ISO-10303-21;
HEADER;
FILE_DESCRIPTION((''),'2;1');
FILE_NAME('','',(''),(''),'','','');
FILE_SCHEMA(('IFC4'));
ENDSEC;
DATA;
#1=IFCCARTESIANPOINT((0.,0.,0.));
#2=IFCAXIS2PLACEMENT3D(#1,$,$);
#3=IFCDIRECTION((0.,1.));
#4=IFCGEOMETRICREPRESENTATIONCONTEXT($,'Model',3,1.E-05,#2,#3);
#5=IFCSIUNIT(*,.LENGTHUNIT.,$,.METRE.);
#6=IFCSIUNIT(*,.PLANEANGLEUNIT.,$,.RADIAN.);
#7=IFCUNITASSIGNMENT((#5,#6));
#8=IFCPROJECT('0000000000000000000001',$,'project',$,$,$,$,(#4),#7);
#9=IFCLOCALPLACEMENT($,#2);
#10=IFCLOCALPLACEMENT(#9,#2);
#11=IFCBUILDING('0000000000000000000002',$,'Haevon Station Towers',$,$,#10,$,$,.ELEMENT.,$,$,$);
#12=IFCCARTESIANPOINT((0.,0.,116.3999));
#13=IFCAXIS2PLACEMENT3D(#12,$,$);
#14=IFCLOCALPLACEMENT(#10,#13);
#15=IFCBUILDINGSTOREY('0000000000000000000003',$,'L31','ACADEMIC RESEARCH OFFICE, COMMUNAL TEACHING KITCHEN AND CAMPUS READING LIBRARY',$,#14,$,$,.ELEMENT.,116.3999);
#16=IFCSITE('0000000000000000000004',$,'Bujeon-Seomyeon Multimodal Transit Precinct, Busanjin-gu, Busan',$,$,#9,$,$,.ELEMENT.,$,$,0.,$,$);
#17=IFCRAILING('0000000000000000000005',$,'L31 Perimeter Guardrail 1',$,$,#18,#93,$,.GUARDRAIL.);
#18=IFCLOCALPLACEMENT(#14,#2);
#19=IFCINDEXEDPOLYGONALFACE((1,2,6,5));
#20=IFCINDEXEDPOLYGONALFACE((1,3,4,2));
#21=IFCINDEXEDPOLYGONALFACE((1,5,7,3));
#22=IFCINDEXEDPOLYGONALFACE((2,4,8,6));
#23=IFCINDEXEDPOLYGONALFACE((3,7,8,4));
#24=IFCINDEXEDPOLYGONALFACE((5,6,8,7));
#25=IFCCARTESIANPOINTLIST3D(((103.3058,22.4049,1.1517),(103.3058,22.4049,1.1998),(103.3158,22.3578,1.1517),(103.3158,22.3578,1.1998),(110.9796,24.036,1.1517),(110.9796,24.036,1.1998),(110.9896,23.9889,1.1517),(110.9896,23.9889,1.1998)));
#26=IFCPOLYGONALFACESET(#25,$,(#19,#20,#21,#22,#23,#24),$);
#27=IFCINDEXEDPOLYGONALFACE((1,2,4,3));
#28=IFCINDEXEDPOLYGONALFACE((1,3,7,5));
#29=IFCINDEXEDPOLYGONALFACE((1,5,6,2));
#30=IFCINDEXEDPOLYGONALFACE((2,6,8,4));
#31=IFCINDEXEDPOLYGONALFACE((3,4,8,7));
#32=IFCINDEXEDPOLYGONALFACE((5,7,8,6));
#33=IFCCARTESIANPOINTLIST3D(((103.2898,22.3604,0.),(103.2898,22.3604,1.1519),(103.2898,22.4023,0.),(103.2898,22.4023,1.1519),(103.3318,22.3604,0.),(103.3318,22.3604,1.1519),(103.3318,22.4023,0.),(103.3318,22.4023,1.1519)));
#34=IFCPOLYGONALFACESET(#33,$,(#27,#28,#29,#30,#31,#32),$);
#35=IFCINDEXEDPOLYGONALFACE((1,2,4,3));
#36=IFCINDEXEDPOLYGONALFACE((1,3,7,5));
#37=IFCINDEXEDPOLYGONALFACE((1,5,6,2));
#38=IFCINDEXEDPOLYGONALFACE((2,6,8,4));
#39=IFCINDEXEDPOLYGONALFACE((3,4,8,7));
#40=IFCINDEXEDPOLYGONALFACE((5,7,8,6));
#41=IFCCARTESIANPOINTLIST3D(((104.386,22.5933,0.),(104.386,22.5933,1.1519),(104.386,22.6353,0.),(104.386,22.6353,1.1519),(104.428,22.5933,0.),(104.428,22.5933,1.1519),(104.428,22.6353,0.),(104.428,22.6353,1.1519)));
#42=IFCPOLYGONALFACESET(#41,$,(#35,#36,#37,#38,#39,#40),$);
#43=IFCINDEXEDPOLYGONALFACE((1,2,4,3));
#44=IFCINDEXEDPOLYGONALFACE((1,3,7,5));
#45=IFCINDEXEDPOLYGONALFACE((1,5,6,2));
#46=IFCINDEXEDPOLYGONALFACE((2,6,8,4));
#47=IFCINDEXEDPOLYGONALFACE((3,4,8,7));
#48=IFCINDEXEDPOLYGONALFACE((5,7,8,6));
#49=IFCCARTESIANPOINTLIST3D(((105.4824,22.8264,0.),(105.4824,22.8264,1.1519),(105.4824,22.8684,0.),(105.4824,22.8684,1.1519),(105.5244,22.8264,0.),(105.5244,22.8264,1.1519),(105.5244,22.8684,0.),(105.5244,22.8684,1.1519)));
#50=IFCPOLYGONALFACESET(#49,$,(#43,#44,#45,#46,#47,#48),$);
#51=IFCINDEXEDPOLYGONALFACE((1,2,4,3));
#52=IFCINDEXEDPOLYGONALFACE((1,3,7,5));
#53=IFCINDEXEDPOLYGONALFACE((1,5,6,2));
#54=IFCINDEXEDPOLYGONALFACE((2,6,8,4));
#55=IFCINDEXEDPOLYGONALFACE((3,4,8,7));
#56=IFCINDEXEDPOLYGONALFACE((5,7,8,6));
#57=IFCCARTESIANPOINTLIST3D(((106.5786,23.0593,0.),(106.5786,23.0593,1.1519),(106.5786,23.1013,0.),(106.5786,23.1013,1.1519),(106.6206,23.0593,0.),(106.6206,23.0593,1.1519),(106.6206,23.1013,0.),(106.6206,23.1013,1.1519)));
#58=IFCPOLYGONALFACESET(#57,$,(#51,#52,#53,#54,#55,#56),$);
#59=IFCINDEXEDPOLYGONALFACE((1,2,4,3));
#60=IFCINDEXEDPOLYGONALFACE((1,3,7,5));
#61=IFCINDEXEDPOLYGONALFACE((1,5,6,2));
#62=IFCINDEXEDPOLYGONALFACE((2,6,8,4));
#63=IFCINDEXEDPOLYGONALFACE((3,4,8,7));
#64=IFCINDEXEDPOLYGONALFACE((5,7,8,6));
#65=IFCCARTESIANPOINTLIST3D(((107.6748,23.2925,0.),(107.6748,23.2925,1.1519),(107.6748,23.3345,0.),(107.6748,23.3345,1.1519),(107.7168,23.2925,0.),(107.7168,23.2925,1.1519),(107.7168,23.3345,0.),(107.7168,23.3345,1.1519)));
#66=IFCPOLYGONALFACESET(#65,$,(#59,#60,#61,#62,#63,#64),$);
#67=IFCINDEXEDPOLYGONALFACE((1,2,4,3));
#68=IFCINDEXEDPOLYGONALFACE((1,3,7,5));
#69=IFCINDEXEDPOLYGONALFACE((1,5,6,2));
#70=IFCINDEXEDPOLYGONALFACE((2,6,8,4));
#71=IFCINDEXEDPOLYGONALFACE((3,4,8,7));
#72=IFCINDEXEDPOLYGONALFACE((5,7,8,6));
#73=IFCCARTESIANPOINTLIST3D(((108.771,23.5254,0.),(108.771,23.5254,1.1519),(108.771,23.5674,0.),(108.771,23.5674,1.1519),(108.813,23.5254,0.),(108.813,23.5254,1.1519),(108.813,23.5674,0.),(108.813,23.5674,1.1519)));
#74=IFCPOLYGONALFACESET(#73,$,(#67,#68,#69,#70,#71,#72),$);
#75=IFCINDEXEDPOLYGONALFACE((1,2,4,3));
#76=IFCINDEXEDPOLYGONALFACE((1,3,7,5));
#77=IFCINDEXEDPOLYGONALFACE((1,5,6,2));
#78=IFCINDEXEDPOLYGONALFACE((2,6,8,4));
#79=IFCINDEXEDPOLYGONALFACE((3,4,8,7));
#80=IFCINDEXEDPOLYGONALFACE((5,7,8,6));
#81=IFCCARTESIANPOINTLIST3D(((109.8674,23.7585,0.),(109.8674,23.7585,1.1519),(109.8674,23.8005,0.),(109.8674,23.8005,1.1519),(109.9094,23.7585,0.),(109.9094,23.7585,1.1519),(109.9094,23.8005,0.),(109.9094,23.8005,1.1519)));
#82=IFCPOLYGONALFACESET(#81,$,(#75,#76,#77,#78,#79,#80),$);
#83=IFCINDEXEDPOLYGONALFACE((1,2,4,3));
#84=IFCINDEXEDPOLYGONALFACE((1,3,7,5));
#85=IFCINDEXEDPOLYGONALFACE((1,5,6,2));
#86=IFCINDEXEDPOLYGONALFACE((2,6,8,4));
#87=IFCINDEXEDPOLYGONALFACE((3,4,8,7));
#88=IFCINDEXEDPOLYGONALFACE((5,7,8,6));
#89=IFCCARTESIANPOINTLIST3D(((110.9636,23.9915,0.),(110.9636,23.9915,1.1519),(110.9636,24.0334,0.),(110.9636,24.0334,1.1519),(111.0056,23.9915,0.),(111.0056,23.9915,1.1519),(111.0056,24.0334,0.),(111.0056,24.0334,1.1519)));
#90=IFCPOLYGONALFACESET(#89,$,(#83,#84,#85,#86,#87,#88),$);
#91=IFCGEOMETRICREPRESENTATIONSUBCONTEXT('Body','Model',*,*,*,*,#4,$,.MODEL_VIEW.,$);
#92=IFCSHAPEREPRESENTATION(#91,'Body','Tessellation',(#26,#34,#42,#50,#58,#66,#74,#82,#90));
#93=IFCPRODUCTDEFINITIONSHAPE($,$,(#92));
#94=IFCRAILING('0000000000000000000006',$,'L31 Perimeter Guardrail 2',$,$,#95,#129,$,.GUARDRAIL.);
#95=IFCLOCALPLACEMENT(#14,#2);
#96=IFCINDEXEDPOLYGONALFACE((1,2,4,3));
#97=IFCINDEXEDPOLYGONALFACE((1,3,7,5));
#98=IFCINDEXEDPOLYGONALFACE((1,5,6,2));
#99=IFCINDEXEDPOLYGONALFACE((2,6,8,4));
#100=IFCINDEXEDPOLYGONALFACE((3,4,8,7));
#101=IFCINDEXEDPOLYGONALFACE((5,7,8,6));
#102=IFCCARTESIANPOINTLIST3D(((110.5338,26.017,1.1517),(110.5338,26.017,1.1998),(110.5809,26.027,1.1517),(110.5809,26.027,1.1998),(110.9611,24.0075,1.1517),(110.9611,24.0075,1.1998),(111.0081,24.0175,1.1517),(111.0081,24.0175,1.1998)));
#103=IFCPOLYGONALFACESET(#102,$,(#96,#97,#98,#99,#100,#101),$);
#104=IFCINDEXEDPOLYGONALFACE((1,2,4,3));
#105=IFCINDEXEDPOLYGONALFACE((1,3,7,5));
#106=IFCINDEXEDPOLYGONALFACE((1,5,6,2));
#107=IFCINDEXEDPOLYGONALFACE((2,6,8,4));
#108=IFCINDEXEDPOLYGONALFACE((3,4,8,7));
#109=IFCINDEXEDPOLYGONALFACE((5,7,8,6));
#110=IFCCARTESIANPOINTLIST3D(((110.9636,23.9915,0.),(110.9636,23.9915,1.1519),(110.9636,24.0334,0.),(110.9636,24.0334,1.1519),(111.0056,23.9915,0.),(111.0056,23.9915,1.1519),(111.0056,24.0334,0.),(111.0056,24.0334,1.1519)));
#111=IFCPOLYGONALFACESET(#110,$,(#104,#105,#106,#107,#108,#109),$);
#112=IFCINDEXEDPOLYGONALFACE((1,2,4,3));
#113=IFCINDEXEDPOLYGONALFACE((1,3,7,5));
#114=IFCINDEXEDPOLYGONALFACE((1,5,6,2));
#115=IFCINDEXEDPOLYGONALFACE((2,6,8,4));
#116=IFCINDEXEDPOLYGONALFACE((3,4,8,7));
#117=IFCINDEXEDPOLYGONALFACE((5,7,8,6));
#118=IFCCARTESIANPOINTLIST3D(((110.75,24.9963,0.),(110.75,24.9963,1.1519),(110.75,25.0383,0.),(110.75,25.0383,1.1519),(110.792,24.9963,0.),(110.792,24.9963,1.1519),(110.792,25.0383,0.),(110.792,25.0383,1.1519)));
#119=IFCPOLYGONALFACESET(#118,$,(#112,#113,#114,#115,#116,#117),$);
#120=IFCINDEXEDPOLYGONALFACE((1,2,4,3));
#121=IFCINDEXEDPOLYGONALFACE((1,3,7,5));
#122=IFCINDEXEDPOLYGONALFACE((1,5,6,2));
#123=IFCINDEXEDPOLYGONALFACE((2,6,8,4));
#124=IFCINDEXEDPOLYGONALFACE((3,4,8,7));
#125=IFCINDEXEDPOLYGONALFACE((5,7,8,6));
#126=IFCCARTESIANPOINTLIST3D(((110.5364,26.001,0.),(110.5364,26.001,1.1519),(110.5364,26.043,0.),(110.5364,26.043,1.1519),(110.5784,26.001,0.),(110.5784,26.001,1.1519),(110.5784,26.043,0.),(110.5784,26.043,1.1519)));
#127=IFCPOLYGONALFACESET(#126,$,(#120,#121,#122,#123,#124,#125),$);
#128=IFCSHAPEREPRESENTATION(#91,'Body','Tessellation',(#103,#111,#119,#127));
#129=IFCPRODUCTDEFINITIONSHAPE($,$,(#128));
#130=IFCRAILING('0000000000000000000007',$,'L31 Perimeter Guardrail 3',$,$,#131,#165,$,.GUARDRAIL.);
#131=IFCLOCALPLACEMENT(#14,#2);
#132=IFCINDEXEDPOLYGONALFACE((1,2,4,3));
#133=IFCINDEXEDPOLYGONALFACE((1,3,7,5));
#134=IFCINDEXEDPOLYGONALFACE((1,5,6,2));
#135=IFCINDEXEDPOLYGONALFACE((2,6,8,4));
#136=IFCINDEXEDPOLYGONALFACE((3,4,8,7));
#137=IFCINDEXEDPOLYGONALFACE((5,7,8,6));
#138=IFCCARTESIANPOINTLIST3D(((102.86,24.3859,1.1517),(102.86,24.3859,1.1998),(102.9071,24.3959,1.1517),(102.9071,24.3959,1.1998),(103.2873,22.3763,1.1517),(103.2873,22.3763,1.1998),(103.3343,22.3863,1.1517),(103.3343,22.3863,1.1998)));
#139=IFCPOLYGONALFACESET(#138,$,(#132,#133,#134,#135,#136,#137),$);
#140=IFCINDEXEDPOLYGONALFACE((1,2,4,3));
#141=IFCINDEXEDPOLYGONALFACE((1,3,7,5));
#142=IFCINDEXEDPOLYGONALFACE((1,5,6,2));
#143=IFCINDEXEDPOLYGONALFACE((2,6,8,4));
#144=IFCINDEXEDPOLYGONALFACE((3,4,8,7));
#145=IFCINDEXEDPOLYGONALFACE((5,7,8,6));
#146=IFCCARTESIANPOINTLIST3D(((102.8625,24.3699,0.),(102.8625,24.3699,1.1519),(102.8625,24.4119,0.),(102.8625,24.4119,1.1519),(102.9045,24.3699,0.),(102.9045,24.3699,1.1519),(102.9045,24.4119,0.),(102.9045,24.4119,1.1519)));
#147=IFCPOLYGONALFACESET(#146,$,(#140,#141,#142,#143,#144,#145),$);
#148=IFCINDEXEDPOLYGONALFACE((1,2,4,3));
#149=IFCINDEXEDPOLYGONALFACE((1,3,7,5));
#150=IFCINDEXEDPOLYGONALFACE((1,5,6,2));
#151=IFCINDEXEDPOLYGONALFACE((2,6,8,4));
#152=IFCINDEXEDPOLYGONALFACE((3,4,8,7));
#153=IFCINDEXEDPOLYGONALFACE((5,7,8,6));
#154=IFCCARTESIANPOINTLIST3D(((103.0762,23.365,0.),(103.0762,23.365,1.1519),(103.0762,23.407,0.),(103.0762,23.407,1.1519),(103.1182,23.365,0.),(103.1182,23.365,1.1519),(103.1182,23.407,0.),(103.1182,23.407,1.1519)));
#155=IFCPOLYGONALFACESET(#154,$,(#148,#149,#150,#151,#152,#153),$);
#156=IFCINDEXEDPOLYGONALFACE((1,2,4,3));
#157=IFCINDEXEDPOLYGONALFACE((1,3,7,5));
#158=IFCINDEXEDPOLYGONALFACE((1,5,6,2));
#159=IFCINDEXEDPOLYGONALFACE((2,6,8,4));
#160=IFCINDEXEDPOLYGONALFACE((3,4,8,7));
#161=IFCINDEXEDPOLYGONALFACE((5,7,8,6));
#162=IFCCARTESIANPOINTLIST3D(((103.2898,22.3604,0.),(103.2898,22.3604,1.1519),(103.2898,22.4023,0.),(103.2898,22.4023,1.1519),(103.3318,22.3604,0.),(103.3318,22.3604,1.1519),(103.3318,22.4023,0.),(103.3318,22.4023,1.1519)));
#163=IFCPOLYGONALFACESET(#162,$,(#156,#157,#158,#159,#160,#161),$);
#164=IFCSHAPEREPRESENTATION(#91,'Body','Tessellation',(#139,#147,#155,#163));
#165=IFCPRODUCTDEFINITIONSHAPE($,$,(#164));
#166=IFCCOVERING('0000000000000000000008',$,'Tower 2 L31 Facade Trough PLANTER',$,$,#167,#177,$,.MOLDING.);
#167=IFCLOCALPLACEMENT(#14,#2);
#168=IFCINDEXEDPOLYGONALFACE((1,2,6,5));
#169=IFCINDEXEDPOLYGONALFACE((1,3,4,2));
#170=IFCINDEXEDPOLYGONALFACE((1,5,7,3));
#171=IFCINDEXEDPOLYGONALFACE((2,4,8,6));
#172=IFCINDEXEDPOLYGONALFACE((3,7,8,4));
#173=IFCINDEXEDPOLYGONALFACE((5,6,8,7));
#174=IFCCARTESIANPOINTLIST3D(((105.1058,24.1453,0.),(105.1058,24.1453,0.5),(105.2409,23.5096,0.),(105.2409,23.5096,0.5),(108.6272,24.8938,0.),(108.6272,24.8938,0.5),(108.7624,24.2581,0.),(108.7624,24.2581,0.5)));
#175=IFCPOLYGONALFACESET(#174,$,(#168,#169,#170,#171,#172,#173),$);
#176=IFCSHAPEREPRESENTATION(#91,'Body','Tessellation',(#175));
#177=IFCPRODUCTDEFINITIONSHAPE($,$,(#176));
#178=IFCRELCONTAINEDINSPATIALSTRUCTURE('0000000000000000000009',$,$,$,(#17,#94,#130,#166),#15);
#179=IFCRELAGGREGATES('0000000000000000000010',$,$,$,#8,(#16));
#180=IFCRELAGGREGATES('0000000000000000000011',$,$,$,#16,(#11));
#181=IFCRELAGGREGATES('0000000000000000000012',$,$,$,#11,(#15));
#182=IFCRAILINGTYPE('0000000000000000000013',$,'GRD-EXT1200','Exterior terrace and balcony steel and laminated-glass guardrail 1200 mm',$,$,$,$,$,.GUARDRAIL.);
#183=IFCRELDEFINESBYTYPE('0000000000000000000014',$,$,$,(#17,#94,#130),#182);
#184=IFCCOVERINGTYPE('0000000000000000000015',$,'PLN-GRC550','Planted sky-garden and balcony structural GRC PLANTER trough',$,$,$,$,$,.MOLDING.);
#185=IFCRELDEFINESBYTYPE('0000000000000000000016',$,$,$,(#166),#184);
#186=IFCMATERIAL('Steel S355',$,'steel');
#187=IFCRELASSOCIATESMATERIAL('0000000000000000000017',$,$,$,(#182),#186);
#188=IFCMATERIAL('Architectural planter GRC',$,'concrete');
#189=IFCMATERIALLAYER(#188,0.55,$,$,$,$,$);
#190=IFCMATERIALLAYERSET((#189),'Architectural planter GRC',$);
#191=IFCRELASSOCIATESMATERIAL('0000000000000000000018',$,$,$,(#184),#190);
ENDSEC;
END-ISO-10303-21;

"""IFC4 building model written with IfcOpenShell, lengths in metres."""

from ifc_helpers import new_model, si_unit, direction, frame, origin, origin_2d, place, context, subcontext, project, spatial, rectangle, extrude, material, layer, layer_set, type_object, element, save


model = new_model("IFC4")

# Units and contexts
model_context = context("Model", 3, precision=1e-05, world=origin(), true_north=direction((0.0, 1.0)))
body_context = subcontext(model_context, "Body", "Model", "MODEL_VIEW")
ifc_project = project(units=[si_unit("LENGTHUNIT", "METRE"), si_unit("PLANEANGLEUNIT", "RADIAN")], contexts=[model_context])

# Site, building, storey
site_placement = place(None, origin())
site = spatial("IfcSite", under=ifc_project, at=site_placement, Name="Bujeon-Seomyeon Multimodal Transit Precinct, Busanjin-gu, Busan", CompositionType="ELEMENT", RefElevation=0.0)
building_placement = place(site_placement, origin())
building = spatial("IfcBuilding", under=site, at=building_placement, Name="Haevon Station Towers", CompositionType="ELEMENT")
storey_placement = place(building_placement, frame((0.0, 0.0, 116.3999)))
storey = spatial("IfcBuildingStorey", under=building, at=storey_placement, Name="L31", Description="ACADEMIC RESEARCH OFFICE, COMMUNAL TEACHING KITCHEN AND CAMPUS READING LIBRARY", CompositionType="ELEMENT", Elevation=116.3999)

# Shared definitions
ifc_material_1 = material(Name="Steel S355", Category="steel")

# Railings
railing_type_1 = type_object("IfcRailingType", Name="GRD-EXT1200", Description="Exterior terrace and balcony steel and laminated-glass guardrail 1200 mm", PredefinedType="GUARDRAIL", material=ifc_material_1)
railing_1_placement = place(storey_placement, frame((103.3108, 22.3813, 0.0)))
element("IfcRailing", 1, at=railing_1_placement, inside=storey, type_object=railing_type_1, Name="L31 Perimeter Guardrail 1", PredefinedType="GUARDRAIL", context=body_context, shape_type="SweptSolid", body=[
    extrude(rectangle(XDim=0.0481, YDim=0.0481, at=origin_2d()), frame((0.0, 0.0, 1.1758), z_axis=(0.978148, 0.207909, 0.0), x_axis=(-0.207909, 0.978148, 0.0)), (0.0, 0.0, 1.0), 7.8452),
    extrude(rectangle(XDim=0.042, YDim=0.042, at=origin_2d()), origin(), (0.0, 0.0, 1.0), 1.1519),
    extrude(rectangle(XDim=0.042, YDim=0.042, at=origin_2d()), frame((1.0962, 0.2329, 0.0)), (0.0, 0.0, 1.0), 1.1519),
    extrude(rectangle(XDim=0.042, YDim=0.042, at=origin_2d()), frame((2.1926, 0.4661, 0.0)), (0.0, 0.0, 1.0), 1.1519),
    extrude(rectangle(XDim=0.042, YDim=0.042, at=origin_2d()), frame((3.2888, 0.699, 0.0)), (0.0, 0.0, 1.0), 1.1519),
    extrude(rectangle(XDim=0.042, YDim=0.042, at=origin_2d()), frame((4.385, 0.9321, 0.0)), (0.0, 0.0, 1.0), 1.1519),
    extrude(rectangle(XDim=0.042, YDim=0.042, at=origin_2d()), frame((5.4812, 1.165, 0.0)), (0.0, 0.0, 1.0), 1.1519),
    extrude(rectangle(XDim=0.042, YDim=0.042, at=origin_2d()), frame((6.5776, 1.3982, 0.0)), (0.0, 0.0, 1.0), 1.1519),
    extrude(rectangle(XDim=0.042, YDim=0.042, at=origin_2d()), frame((7.6738, 1.6311, 0.0)), (0.0, 0.0, 1.0), 1.1519),
])
railing_2_placement = place(storey_placement, frame((110.9846, 24.0125, 0.0)))
element("IfcRailing", 2, at=railing_2_placement, inside=storey, type_object=railing_type_1, Name="L31 Perimeter Guardrail 2", PredefinedType="GUARDRAIL", context=body_context, shape_type="SweptSolid", body=[
    extrude(rectangle(XDim=0.0481, YDim=0.0481, at=origin_2d()), frame((0.0, 0.0, 1.1758), z_axis=(-0.207963, 0.978137, 0.0), x_axis=(-0.978137, -0.207963, 0.0)), (0.0, 0.0, 1.0), 2.0544),
    extrude(rectangle(XDim=0.042, YDim=0.042, at=origin_2d()), origin(), (0.0, 0.0, 1.0), 1.1519),
    extrude(rectangle(XDim=0.042, YDim=0.042, at=origin_2d()), frame((-0.2136, 1.0049, 0.0)), (0.0, 0.0, 1.0), 1.1519),
    extrude(rectangle(XDim=0.042, YDim=0.042, at=origin_2d()), frame((-0.4272, 2.0095, 0.0)), (0.0, 0.0, 1.0), 1.1519),
])
railing_3_placement = place(storey_placement, frame((102.8835, 24.3909, 0.0)))
element("IfcRailing", 3, at=railing_3_placement, inside=storey, type_object=railing_type_1, Name="L31 Perimeter Guardrail 3", PredefinedType="GUARDRAIL", context=body_context, shape_type="SweptSolid", body=[
    extrude(rectangle(XDim=0.0481, YDim=0.0481, at=origin_2d()), frame((0.0, 0.0, 1.1758), z_axis=(0.207963, -0.978137, 0.0), x_axis=(0.978137, 0.207963, 0.0)), (0.0, 0.0, 1.0), 2.0544),
    extrude(rectangle(XDim=0.042, YDim=0.042, at=origin_2d()), origin(), (0.0, 0.0, 1.0), 1.1519),
    extrude(rectangle(XDim=0.042, YDim=0.042, at=origin_2d()), frame((0.2136, -1.0049, 0.0)), (0.0, 0.0, 1.0), 1.1519),
    extrude(rectangle(XDim=0.042, YDim=0.042, at=origin_2d()), frame((0.4272, -2.0095, 0.0)), (0.0, 0.0, 1.0), 1.1519),
])

# Covering
ifc_material_2 = material(Name="Architectural planter GRC", Category="concrete")
ifc_layer_1 = layer(ifc_material_2, 0.55)
ifc_layer_set_1 = layer_set([ifc_layer_1], Name="Architectural planter GRC")
covering_type = type_object("IfcCoveringType", Name="PLN-GRC550", Description="Planted sky-garden and balcony structural GRC PLANTER trough", PredefinedType="MOLDING", material=ifc_layer_set_1)
covering_placement = place(storey_placement, frame((106.9341, 24.2017, 0.0), z_axis=(0.0, 0.0, 1.0), x_axis=(0.978148, 0.207912, 0.0)))
element("IfcCovering", 4, at=covering_placement, inside=storey, type_object=covering_type, Name="Tower 2 L31 Facade Trough PLANTER", PredefinedType="MOLDING", context=body_context, shape_type="SweptSolid", body=[
    extrude(rectangle(XDim=3.6001, YDim=0.6499, at=origin_2d()), origin(), (0.0, 0.0, 1.0), 0.5),
])

save(model, "model.ifc")
